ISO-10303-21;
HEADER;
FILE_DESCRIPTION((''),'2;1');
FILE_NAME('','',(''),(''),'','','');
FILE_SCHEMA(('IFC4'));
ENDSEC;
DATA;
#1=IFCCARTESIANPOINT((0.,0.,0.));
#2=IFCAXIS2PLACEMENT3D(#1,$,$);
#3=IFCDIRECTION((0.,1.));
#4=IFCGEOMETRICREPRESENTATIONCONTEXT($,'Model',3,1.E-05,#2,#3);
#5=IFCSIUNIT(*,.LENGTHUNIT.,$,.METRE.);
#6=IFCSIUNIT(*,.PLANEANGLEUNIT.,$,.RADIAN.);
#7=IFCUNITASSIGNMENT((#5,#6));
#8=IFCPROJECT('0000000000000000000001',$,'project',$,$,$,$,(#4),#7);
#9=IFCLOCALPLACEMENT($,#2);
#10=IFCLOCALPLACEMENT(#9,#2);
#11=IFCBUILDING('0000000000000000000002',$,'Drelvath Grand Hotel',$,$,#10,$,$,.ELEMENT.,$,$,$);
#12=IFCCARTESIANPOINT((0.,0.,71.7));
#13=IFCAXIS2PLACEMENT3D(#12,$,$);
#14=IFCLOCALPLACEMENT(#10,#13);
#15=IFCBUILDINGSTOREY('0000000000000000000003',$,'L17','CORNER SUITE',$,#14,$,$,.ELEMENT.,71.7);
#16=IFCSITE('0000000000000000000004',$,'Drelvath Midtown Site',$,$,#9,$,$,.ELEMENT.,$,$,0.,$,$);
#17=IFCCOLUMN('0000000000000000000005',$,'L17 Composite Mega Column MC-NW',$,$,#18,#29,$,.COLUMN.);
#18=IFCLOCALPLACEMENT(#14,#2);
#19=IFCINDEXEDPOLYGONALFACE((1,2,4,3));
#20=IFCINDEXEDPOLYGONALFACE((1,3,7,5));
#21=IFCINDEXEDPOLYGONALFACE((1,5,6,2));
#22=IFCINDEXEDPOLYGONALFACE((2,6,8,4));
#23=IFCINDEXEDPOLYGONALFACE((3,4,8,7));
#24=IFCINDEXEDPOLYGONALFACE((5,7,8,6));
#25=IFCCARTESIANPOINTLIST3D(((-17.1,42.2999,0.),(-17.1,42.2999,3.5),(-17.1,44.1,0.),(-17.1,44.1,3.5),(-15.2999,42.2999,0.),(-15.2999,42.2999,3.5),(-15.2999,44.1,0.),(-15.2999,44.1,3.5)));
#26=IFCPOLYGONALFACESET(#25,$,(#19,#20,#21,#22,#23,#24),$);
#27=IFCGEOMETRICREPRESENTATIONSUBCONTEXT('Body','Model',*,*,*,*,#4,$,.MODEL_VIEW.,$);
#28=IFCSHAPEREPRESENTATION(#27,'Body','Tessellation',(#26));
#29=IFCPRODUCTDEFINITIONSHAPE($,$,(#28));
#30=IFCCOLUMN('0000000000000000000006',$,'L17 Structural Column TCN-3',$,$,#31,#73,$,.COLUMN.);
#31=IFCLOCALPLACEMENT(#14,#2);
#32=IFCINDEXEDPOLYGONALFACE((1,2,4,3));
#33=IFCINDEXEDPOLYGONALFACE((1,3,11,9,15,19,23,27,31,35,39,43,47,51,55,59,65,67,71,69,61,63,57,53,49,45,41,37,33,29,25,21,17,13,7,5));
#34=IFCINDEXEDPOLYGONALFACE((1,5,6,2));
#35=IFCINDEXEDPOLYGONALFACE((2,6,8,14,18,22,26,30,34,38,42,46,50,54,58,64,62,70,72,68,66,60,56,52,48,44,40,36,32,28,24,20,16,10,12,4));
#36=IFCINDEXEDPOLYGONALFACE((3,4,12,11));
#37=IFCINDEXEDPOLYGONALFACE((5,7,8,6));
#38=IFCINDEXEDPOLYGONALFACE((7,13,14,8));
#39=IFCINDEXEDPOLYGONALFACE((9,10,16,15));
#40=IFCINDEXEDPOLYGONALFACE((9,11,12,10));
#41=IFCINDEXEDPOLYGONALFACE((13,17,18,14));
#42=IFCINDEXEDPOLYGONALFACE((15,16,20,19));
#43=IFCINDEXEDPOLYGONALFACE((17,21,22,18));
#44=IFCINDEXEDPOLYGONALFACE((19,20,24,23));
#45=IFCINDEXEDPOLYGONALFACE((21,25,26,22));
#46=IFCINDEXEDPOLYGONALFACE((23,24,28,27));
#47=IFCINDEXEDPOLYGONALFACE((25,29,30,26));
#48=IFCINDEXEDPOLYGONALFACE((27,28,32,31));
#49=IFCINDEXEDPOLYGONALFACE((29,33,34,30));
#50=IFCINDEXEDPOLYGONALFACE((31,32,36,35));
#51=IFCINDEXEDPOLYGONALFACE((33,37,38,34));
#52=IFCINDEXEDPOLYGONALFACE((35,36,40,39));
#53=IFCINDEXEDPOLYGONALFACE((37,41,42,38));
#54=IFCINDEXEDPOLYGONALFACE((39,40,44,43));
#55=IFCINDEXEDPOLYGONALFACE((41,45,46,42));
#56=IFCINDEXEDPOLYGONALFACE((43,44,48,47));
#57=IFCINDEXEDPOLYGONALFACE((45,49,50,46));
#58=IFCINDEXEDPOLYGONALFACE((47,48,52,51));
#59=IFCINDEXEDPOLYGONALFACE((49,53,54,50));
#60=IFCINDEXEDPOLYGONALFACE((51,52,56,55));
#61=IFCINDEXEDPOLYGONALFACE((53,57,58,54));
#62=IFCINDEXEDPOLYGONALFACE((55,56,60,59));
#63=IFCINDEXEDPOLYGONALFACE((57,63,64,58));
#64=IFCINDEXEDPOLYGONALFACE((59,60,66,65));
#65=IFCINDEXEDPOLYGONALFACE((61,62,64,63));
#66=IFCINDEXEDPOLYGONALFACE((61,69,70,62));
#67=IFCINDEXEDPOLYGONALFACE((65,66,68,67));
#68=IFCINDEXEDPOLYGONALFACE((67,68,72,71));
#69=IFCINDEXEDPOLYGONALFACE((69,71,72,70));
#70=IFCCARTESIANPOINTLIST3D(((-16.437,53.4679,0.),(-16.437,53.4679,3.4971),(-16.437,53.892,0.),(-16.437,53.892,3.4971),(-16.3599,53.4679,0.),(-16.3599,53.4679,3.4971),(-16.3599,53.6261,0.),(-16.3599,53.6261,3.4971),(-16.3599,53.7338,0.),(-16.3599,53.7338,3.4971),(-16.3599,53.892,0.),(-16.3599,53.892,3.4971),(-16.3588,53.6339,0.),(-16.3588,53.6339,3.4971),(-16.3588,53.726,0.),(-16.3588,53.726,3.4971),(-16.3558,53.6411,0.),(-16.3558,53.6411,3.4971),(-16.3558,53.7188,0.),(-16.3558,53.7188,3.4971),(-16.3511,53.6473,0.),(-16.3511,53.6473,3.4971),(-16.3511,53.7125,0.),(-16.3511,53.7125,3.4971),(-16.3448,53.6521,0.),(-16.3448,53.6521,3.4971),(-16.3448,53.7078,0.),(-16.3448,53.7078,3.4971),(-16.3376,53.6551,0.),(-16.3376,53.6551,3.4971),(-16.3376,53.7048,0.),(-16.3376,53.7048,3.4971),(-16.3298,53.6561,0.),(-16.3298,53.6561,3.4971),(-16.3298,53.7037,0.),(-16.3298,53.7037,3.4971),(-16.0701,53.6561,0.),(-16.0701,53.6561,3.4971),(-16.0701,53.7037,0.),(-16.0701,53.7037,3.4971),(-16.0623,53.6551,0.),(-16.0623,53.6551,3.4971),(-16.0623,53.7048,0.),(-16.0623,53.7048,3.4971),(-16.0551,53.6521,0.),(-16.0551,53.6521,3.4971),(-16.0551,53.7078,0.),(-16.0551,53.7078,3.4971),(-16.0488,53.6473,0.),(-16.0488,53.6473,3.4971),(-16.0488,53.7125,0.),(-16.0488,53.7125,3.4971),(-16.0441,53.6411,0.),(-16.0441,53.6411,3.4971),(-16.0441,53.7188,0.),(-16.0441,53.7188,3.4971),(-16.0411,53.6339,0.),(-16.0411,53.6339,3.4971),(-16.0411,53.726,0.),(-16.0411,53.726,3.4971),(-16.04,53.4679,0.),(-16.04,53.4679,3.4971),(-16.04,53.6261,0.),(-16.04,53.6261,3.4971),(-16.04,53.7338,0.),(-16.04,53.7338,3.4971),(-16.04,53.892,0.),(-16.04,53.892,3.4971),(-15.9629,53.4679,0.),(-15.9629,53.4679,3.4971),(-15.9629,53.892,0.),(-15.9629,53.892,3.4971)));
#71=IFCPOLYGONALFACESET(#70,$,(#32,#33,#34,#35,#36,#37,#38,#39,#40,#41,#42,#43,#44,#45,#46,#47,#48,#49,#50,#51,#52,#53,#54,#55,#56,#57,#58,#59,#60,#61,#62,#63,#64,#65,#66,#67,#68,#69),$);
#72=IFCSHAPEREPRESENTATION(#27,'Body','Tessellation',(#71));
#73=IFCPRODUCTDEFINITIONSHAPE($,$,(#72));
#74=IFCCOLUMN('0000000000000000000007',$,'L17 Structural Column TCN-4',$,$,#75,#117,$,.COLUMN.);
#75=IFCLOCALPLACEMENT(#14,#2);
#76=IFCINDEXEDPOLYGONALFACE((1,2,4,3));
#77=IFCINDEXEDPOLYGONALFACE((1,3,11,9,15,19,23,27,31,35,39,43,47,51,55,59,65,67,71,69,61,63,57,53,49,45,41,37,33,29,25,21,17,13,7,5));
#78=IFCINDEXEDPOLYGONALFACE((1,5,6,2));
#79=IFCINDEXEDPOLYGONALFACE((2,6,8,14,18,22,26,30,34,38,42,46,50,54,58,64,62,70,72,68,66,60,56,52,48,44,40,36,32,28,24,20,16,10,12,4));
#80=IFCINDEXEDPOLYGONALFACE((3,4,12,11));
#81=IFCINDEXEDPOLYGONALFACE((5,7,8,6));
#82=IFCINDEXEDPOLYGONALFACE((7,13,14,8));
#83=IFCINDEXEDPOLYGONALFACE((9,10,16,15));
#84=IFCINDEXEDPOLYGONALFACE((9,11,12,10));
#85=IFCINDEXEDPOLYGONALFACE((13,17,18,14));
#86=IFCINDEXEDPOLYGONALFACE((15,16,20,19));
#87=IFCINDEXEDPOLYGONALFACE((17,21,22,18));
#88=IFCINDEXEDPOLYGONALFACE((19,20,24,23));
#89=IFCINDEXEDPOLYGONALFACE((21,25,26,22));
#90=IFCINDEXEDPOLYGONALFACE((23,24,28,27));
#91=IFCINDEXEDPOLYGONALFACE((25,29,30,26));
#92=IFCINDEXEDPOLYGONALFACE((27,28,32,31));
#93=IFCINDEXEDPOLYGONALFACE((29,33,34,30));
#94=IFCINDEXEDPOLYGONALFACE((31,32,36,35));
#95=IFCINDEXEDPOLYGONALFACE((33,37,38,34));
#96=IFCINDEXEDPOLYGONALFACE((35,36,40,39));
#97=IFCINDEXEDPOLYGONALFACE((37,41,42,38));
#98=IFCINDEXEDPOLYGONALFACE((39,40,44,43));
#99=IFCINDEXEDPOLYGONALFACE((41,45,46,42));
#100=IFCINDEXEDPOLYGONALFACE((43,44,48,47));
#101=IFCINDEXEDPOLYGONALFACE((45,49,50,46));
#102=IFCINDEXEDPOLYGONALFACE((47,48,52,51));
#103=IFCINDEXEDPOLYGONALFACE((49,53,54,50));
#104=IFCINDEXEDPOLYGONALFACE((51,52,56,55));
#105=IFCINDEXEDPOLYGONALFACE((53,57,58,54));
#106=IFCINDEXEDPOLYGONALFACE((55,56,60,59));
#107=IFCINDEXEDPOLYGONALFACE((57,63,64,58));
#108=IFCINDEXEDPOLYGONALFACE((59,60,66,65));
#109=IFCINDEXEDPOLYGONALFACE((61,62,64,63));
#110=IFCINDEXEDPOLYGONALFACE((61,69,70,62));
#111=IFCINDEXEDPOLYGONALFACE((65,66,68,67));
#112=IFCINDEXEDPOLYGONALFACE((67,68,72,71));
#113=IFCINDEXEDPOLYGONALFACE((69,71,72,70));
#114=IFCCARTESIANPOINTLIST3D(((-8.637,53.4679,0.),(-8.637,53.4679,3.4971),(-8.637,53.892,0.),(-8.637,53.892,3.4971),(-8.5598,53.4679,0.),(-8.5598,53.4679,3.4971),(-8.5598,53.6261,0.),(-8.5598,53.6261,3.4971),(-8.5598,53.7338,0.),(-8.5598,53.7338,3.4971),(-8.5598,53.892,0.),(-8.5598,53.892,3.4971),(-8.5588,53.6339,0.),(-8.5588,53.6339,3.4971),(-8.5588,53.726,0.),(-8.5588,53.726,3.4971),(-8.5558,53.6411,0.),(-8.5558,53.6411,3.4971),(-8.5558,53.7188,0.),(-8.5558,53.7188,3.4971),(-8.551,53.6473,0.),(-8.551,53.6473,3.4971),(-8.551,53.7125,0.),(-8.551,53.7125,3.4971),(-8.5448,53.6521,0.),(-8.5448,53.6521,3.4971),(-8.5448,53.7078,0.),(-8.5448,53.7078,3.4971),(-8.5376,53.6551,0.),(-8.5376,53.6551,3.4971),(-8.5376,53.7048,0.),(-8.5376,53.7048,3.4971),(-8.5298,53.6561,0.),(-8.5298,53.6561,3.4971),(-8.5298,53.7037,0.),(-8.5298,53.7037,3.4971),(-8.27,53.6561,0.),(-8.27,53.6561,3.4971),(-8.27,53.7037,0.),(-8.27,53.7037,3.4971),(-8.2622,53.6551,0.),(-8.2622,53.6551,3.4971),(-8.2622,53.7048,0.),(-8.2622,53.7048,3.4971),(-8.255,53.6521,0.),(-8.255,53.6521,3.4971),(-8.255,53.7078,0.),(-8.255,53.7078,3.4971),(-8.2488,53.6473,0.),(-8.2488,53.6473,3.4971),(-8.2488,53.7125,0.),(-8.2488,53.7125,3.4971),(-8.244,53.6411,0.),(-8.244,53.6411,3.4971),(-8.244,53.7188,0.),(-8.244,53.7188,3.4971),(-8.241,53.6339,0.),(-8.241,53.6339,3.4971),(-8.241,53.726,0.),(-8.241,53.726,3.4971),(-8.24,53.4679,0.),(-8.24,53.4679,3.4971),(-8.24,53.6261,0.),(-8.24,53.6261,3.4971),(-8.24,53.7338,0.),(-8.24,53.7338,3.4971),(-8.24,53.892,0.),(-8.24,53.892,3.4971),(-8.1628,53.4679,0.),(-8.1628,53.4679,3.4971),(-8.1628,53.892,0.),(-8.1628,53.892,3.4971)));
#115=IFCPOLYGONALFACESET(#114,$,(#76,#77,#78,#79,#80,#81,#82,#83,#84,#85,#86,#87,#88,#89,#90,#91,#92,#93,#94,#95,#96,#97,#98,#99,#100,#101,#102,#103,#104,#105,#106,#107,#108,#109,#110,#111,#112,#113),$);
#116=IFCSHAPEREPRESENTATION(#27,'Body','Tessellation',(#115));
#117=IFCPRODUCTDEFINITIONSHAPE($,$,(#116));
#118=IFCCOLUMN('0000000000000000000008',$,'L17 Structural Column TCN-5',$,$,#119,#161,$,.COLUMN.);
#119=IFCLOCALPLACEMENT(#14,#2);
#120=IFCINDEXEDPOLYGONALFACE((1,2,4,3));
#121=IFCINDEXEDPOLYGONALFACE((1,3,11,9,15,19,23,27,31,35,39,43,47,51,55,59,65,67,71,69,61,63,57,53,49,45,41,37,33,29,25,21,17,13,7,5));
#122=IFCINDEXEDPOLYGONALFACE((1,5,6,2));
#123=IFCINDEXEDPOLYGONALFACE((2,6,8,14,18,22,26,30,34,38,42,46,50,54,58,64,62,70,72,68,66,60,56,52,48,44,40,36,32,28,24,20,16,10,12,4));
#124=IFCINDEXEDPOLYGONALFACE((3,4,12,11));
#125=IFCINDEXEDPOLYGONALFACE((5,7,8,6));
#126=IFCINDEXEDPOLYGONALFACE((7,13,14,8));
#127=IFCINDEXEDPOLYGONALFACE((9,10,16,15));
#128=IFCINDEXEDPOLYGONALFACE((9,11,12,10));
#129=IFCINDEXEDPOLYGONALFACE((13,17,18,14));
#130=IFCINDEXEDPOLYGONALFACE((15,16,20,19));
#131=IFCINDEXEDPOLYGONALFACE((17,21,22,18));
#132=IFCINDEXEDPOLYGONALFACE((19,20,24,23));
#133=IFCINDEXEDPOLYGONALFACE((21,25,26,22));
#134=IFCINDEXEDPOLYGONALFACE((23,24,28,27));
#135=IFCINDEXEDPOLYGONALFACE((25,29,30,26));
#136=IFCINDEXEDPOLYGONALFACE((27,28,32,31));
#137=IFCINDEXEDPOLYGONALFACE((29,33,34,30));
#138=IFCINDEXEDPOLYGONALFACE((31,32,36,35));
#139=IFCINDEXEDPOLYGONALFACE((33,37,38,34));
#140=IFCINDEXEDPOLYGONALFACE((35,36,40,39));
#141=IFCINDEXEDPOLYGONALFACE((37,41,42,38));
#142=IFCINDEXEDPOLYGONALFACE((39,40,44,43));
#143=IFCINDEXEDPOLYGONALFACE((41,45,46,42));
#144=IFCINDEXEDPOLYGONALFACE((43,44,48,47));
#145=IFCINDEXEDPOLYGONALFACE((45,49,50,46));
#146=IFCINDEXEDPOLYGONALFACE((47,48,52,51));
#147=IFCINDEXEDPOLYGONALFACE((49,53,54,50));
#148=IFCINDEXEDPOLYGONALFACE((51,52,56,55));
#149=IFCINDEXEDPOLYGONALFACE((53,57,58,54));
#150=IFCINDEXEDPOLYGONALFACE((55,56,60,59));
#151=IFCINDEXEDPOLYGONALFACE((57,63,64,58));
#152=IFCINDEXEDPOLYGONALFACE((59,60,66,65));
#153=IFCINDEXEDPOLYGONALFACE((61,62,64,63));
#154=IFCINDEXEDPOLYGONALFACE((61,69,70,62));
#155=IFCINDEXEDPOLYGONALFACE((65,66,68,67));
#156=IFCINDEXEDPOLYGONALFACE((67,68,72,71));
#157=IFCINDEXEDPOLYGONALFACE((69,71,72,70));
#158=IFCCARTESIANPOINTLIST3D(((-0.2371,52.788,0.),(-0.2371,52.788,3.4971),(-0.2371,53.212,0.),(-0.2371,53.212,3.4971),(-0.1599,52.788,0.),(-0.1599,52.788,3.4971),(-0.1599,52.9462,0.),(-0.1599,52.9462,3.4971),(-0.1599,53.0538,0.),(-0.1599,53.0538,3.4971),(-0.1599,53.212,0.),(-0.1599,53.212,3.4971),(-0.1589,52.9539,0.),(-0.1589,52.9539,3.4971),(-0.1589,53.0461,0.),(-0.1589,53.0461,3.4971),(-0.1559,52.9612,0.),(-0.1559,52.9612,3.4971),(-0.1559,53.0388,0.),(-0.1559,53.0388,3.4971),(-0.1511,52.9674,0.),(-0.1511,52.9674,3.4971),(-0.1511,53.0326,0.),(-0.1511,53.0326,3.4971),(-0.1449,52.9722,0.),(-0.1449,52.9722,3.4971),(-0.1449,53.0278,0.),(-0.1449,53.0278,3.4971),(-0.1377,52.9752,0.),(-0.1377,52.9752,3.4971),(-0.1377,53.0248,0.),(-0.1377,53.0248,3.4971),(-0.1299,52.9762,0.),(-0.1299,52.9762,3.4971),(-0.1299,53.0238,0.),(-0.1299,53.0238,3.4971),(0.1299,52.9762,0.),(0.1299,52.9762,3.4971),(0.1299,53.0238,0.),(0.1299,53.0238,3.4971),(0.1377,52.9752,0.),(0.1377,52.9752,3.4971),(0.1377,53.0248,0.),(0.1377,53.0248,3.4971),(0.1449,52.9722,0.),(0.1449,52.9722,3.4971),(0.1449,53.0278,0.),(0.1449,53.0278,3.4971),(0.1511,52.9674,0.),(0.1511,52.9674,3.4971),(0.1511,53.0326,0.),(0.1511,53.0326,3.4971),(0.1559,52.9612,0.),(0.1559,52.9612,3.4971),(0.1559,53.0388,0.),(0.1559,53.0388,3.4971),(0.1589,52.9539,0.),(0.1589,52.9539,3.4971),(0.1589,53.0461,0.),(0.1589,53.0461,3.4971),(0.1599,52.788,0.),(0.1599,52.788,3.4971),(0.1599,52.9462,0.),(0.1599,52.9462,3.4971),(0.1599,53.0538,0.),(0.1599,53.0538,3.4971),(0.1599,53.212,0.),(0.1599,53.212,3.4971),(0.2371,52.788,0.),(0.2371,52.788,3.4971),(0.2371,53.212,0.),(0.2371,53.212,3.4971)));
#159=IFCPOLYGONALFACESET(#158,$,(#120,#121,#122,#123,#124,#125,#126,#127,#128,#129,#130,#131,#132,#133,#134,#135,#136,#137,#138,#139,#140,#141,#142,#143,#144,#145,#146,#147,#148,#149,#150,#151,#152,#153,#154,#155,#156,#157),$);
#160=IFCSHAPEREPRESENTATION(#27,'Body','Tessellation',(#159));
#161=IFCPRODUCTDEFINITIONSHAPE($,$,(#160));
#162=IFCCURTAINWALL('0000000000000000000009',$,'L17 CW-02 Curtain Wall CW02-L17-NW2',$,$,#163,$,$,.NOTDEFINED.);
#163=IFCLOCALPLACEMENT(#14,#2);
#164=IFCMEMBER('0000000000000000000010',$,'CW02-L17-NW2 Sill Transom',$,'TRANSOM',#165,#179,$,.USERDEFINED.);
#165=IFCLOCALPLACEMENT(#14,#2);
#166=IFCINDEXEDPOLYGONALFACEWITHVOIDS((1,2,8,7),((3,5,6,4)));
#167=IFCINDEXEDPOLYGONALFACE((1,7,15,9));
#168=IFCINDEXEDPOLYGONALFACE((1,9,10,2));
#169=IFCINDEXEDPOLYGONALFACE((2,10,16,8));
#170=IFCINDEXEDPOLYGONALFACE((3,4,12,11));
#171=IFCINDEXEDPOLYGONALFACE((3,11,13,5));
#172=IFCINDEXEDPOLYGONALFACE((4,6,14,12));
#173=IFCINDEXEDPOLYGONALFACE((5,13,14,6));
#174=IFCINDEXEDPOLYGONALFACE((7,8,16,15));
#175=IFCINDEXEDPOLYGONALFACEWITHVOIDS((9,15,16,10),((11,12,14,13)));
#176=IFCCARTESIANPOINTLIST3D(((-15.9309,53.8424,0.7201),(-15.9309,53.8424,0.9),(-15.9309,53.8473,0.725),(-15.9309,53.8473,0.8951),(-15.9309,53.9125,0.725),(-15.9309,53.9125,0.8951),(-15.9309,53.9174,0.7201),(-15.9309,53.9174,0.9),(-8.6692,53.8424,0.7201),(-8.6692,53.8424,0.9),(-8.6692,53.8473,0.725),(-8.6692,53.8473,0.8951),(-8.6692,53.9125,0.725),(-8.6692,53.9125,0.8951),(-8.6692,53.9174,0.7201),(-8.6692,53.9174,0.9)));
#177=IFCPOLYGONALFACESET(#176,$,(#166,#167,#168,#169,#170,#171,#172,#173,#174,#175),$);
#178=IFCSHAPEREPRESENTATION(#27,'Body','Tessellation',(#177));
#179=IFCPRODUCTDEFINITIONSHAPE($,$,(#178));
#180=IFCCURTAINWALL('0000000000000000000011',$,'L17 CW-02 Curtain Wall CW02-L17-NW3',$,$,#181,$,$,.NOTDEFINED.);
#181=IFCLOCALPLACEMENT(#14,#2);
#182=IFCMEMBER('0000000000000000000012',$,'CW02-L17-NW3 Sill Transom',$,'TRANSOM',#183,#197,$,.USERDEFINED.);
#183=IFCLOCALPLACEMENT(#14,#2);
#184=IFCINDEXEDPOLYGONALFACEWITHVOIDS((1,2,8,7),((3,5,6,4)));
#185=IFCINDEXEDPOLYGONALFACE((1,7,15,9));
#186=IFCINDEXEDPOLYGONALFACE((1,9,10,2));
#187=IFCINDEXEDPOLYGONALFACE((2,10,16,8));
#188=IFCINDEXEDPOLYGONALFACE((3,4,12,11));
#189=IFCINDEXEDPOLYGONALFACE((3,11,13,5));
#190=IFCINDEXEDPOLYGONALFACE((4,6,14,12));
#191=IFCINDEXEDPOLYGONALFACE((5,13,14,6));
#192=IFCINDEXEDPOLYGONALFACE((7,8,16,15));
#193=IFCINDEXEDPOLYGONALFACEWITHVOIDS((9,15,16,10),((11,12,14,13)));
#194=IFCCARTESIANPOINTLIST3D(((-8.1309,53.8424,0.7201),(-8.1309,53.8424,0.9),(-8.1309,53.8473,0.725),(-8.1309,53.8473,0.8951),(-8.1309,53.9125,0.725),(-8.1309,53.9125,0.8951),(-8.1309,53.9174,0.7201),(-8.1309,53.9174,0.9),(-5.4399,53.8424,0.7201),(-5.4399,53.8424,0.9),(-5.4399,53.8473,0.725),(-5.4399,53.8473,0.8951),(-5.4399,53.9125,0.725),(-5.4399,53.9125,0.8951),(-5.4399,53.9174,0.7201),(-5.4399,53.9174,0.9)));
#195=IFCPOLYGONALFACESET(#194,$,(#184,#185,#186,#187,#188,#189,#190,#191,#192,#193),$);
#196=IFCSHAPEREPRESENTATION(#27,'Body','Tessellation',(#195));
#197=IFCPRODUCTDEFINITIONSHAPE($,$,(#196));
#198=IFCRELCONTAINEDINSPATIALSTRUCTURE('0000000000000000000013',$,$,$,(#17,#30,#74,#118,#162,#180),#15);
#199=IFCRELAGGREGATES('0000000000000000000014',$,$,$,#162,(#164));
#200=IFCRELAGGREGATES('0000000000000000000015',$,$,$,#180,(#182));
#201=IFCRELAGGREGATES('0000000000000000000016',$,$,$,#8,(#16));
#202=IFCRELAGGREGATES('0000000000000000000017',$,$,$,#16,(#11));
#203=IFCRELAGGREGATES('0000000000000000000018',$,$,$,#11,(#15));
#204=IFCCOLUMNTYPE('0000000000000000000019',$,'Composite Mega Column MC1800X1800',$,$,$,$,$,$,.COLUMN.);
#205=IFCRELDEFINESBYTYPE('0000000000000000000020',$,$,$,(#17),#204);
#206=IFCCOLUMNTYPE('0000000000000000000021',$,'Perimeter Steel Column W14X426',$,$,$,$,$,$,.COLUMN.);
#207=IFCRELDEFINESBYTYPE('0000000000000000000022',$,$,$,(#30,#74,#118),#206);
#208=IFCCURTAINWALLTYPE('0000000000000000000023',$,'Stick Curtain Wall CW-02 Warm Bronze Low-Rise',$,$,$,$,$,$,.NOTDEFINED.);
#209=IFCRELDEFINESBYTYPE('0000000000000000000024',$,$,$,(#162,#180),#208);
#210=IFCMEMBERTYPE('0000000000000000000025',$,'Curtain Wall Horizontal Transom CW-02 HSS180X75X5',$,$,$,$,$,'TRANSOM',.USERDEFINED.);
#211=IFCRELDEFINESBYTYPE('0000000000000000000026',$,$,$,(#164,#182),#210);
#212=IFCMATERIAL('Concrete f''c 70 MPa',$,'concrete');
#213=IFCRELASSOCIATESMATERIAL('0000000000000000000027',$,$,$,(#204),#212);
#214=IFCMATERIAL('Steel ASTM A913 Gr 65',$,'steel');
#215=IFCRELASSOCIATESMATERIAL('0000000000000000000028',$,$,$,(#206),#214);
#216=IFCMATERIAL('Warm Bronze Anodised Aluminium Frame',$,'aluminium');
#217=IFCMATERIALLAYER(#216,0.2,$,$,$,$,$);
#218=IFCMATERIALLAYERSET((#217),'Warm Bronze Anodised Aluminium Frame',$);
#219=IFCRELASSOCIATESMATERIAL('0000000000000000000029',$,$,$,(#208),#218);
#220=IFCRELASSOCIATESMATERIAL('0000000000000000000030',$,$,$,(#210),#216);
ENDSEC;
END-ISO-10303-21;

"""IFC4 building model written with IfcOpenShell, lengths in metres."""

from ifc_helpers import new_model, si_unit, direction, frame, origin, origin_2d, place, context, subcontext, project, spatial, rectangle, hollow_rectangle, i_section, extrude, material, layer, layer_set, material_profile, profile_set, type_object, element, aggregate, save


model = new_model("IFC4")

# Units and contexts
model_context = context("Model", 3, precision=1e-05, world=origin(), true_north=direction((0.0, 1.0)))
body_context = subcontext(model_context, "Body", "Model", "MODEL_VIEW")
ifc_project = project(units=[si_unit("LENGTHUNIT", "METRE"), si_unit("PLANEANGLEUNIT", "RADIAN")], contexts=[model_context])

# Site, building, storey
site_placement = place(None, origin())
site = spatial("IfcSite", under=ifc_project, at=site_placement, Name="Drelvath Midtown Site", CompositionType="ELEMENT", RefElevation=0.0)
building_placement = place(site_placement, origin())
building = spatial("IfcBuilding", under=site, at=building_placement, Name="Drelvath Grand Hotel", CompositionType="ELEMENT")
storey_placement = place(building_placement, frame((0.0, 0.0, 71.7)))
storey = spatial("IfcBuildingStorey", under=building, at=storey_placement, Name="L17", Description="CORNER SUITE", CompositionType="ELEMENT", Elevation=71.7)

# Columns
ifc_material_1 = material(Name="Concrete f'c 70 MPa", Category="concrete")
ifc_material_profile_1 = material_profile(ifc_material_1, rectangle(XDim=1.8, YDim=1.8, at=origin_2d()), Name="MC1800X1800")
ifc_profile_set_1 = profile_set([ifc_material_profile_1], Name="Concrete f'c 70 MPa")
column_type_1 = type_object("IfcColumnType", Name="Composite Mega Column MC1800X1800", PredefinedType="COLUMN", material=ifc_profile_set_1)
column_placement = place(storey_placement, frame((-16.2, 43.2, 0.0), z_axis=(0.0, 0.0, 1.0), x_axis=(1.0, 0.0, 0.0)))
element("IfcColumn", 1, at=column_placement, inside=storey, type_object=column_type_1, Name="L17 Composite Mega Column MC-NW", PredefinedType="COLUMN", context=body_context, shape_type="SweptSolid", body=[
    extrude(rectangle(XDim=1.8, YDim=1.8, at=origin_2d()), origin(), (0.0, 0.0, 1.0), 3.5),
])
ifc_material_2 = material(Name="Steel ASTM A913 Gr 65", Category="steel")
ifc_material_profile_2 = material_profile(ifc_material_2, i_section(OverallWidth=0.4241, OverallDepth=0.4741, WebThickness=0.0476, FlangeThickness=0.0771, FilletRadius=0.03, at=origin_2d()), Name="W14X426")
ifc_profile_set_2 = profile_set([ifc_material_profile_2], Name="Steel ASTM A913 Gr 65")
column_type_2 = type_object("IfcColumnType", Name="Perimeter Steel Column W14X426", PredefinedType="COLUMN", material=ifc_profile_set_2)
for number, where, z_axis, x_axis, name in (
    (2, (-16.2, 53.6799, 0.0), (0.0, 0.0, 1.0), (0.0, 1.0, 0.0), "L17 Structural Column TCN-3"),
    (3, (-8.3999, 53.6799, 0.0), (0.0, 0.0, 1.0), (0.0, 1.0, 0.0), "L17 Structural Column TCN-4"),
    (4, (0.0, 53.0, 0.0), (0.0, 0.0, 1.0), (0.0, 1.0, 0.0), "L17 Structural Column TCN-5"),
):
    element("IfcColumn", number, at=place(storey_placement, frame(where, z_axis=z_axis, x_axis=x_axis)), inside=storey, type_object=column_type_2, Name=name, PredefinedType="COLUMN", context=body_context, shape_type="SweptSolid", body=[
        extrude(i_section(OverallWidth=0.4241, OverallDepth=0.4741, WebThickness=0.0476, FlangeThickness=0.0771, FilletRadius=0.03, at=origin_2d()), origin(), (0.0, 0.0, 1.0), 3.4971),
    ])

# Curtain walls, members
ifc_material_3 = material(Name="Warm Bronze Anodised Aluminium Frame", Category="aluminium")
ifc_layer_1 = layer(ifc_material_3, 0.2)
ifc_layer_set_1 = layer_set([ifc_layer_1], Name="Warm Bronze Anodised Aluminium Frame")
curtain_wall_type = type_object("IfcCurtainWallType", Name="Stick Curtain Wall CW-02 Warm Bronze Low-Rise", PredefinedType="NOTDEFINED", material=ifc_layer_set_1)
curtain_wall_1_placement = place(storey_placement, origin())
curtain_wall_1 = element("IfcCurtainWall", 5, at=curtain_wall_1_placement, inside=storey, type_object=curtain_wall_type, Name="L17 CW-02 Curtain Wall CW02-L17-NW2", PredefinedType="NOTDEFINED")
ifc_material_profile_3 = material_profile(ifc_material_3, hollow_rectangle(XDim=0.075, YDim=0.1799, WallThickness=0.0049, at=origin_2d()), Name="HSS180X75X5")
ifc_profile_set_3 = profile_set([ifc_material_profile_3], Name="Warm Bronze Anodised Aluminium Frame")
member_type_1 = type_object("IfcMemberType", Name="Curtain Wall Horizontal Transom CW-02 HSS180X75X5", ElementType="TRANSOM", PredefinedType="USERDEFINED", material=ifc_profile_set_3)
member_1_placement = place(storey_placement, frame((-15.9309, 53.8799, 0.8101), z_axis=(1.0, 0.0, 0.0), x_axis=(0.0, 1.0, 0.0)))
member_1 = element("IfcMember", 6, at=member_1_placement, type_object=member_type_1, Name="CW02-L17-NW2 Sill Transom", ObjectType="TRANSOM", PredefinedType="USERDEFINED", context=body_context, shape_type="SweptSolid", body=[
    extrude(hollow_rectangle(XDim=0.075, YDim=0.1799, WallThickness=0.0049, at=origin_2d()), origin(), (0.0, 0.0, 1.0), 7.2617),
])
curtain_wall_2_placement = place(storey_placement, origin())
curtain_wall_2 = element("IfcCurtainWall", 7, at=curtain_wall_2_placement, inside=storey, type_object=curtain_wall_type, Name="L17 CW-02 Curtain Wall CW02-L17-NW3", PredefinedType="NOTDEFINED")
member_2_placement = place(storey_placement, frame((-8.1309, 53.8799, 0.8101), z_axis=(1.0, 0.0, 0.0), x_axis=(0.0, 1.0, 0.0)))
member_2 = element("IfcMember", 8, at=member_2_placement, type_object=member_type_1, Name="CW02-L17-NW3 Sill Transom", ObjectType="TRANSOM", PredefinedType="USERDEFINED", context=body_context, shape_type="SweptSolid", body=[
    extrude(hollow_rectangle(XDim=0.075, YDim=0.1799, WallThickness=0.0049, at=origin_2d()), origin(), (0.0, 0.0, 1.0), 2.6909),
])

aggregate(curtain_wall_1, [member_1])
aggregate(curtain_wall_2, [member_2])

save(model, "model.ifc")
